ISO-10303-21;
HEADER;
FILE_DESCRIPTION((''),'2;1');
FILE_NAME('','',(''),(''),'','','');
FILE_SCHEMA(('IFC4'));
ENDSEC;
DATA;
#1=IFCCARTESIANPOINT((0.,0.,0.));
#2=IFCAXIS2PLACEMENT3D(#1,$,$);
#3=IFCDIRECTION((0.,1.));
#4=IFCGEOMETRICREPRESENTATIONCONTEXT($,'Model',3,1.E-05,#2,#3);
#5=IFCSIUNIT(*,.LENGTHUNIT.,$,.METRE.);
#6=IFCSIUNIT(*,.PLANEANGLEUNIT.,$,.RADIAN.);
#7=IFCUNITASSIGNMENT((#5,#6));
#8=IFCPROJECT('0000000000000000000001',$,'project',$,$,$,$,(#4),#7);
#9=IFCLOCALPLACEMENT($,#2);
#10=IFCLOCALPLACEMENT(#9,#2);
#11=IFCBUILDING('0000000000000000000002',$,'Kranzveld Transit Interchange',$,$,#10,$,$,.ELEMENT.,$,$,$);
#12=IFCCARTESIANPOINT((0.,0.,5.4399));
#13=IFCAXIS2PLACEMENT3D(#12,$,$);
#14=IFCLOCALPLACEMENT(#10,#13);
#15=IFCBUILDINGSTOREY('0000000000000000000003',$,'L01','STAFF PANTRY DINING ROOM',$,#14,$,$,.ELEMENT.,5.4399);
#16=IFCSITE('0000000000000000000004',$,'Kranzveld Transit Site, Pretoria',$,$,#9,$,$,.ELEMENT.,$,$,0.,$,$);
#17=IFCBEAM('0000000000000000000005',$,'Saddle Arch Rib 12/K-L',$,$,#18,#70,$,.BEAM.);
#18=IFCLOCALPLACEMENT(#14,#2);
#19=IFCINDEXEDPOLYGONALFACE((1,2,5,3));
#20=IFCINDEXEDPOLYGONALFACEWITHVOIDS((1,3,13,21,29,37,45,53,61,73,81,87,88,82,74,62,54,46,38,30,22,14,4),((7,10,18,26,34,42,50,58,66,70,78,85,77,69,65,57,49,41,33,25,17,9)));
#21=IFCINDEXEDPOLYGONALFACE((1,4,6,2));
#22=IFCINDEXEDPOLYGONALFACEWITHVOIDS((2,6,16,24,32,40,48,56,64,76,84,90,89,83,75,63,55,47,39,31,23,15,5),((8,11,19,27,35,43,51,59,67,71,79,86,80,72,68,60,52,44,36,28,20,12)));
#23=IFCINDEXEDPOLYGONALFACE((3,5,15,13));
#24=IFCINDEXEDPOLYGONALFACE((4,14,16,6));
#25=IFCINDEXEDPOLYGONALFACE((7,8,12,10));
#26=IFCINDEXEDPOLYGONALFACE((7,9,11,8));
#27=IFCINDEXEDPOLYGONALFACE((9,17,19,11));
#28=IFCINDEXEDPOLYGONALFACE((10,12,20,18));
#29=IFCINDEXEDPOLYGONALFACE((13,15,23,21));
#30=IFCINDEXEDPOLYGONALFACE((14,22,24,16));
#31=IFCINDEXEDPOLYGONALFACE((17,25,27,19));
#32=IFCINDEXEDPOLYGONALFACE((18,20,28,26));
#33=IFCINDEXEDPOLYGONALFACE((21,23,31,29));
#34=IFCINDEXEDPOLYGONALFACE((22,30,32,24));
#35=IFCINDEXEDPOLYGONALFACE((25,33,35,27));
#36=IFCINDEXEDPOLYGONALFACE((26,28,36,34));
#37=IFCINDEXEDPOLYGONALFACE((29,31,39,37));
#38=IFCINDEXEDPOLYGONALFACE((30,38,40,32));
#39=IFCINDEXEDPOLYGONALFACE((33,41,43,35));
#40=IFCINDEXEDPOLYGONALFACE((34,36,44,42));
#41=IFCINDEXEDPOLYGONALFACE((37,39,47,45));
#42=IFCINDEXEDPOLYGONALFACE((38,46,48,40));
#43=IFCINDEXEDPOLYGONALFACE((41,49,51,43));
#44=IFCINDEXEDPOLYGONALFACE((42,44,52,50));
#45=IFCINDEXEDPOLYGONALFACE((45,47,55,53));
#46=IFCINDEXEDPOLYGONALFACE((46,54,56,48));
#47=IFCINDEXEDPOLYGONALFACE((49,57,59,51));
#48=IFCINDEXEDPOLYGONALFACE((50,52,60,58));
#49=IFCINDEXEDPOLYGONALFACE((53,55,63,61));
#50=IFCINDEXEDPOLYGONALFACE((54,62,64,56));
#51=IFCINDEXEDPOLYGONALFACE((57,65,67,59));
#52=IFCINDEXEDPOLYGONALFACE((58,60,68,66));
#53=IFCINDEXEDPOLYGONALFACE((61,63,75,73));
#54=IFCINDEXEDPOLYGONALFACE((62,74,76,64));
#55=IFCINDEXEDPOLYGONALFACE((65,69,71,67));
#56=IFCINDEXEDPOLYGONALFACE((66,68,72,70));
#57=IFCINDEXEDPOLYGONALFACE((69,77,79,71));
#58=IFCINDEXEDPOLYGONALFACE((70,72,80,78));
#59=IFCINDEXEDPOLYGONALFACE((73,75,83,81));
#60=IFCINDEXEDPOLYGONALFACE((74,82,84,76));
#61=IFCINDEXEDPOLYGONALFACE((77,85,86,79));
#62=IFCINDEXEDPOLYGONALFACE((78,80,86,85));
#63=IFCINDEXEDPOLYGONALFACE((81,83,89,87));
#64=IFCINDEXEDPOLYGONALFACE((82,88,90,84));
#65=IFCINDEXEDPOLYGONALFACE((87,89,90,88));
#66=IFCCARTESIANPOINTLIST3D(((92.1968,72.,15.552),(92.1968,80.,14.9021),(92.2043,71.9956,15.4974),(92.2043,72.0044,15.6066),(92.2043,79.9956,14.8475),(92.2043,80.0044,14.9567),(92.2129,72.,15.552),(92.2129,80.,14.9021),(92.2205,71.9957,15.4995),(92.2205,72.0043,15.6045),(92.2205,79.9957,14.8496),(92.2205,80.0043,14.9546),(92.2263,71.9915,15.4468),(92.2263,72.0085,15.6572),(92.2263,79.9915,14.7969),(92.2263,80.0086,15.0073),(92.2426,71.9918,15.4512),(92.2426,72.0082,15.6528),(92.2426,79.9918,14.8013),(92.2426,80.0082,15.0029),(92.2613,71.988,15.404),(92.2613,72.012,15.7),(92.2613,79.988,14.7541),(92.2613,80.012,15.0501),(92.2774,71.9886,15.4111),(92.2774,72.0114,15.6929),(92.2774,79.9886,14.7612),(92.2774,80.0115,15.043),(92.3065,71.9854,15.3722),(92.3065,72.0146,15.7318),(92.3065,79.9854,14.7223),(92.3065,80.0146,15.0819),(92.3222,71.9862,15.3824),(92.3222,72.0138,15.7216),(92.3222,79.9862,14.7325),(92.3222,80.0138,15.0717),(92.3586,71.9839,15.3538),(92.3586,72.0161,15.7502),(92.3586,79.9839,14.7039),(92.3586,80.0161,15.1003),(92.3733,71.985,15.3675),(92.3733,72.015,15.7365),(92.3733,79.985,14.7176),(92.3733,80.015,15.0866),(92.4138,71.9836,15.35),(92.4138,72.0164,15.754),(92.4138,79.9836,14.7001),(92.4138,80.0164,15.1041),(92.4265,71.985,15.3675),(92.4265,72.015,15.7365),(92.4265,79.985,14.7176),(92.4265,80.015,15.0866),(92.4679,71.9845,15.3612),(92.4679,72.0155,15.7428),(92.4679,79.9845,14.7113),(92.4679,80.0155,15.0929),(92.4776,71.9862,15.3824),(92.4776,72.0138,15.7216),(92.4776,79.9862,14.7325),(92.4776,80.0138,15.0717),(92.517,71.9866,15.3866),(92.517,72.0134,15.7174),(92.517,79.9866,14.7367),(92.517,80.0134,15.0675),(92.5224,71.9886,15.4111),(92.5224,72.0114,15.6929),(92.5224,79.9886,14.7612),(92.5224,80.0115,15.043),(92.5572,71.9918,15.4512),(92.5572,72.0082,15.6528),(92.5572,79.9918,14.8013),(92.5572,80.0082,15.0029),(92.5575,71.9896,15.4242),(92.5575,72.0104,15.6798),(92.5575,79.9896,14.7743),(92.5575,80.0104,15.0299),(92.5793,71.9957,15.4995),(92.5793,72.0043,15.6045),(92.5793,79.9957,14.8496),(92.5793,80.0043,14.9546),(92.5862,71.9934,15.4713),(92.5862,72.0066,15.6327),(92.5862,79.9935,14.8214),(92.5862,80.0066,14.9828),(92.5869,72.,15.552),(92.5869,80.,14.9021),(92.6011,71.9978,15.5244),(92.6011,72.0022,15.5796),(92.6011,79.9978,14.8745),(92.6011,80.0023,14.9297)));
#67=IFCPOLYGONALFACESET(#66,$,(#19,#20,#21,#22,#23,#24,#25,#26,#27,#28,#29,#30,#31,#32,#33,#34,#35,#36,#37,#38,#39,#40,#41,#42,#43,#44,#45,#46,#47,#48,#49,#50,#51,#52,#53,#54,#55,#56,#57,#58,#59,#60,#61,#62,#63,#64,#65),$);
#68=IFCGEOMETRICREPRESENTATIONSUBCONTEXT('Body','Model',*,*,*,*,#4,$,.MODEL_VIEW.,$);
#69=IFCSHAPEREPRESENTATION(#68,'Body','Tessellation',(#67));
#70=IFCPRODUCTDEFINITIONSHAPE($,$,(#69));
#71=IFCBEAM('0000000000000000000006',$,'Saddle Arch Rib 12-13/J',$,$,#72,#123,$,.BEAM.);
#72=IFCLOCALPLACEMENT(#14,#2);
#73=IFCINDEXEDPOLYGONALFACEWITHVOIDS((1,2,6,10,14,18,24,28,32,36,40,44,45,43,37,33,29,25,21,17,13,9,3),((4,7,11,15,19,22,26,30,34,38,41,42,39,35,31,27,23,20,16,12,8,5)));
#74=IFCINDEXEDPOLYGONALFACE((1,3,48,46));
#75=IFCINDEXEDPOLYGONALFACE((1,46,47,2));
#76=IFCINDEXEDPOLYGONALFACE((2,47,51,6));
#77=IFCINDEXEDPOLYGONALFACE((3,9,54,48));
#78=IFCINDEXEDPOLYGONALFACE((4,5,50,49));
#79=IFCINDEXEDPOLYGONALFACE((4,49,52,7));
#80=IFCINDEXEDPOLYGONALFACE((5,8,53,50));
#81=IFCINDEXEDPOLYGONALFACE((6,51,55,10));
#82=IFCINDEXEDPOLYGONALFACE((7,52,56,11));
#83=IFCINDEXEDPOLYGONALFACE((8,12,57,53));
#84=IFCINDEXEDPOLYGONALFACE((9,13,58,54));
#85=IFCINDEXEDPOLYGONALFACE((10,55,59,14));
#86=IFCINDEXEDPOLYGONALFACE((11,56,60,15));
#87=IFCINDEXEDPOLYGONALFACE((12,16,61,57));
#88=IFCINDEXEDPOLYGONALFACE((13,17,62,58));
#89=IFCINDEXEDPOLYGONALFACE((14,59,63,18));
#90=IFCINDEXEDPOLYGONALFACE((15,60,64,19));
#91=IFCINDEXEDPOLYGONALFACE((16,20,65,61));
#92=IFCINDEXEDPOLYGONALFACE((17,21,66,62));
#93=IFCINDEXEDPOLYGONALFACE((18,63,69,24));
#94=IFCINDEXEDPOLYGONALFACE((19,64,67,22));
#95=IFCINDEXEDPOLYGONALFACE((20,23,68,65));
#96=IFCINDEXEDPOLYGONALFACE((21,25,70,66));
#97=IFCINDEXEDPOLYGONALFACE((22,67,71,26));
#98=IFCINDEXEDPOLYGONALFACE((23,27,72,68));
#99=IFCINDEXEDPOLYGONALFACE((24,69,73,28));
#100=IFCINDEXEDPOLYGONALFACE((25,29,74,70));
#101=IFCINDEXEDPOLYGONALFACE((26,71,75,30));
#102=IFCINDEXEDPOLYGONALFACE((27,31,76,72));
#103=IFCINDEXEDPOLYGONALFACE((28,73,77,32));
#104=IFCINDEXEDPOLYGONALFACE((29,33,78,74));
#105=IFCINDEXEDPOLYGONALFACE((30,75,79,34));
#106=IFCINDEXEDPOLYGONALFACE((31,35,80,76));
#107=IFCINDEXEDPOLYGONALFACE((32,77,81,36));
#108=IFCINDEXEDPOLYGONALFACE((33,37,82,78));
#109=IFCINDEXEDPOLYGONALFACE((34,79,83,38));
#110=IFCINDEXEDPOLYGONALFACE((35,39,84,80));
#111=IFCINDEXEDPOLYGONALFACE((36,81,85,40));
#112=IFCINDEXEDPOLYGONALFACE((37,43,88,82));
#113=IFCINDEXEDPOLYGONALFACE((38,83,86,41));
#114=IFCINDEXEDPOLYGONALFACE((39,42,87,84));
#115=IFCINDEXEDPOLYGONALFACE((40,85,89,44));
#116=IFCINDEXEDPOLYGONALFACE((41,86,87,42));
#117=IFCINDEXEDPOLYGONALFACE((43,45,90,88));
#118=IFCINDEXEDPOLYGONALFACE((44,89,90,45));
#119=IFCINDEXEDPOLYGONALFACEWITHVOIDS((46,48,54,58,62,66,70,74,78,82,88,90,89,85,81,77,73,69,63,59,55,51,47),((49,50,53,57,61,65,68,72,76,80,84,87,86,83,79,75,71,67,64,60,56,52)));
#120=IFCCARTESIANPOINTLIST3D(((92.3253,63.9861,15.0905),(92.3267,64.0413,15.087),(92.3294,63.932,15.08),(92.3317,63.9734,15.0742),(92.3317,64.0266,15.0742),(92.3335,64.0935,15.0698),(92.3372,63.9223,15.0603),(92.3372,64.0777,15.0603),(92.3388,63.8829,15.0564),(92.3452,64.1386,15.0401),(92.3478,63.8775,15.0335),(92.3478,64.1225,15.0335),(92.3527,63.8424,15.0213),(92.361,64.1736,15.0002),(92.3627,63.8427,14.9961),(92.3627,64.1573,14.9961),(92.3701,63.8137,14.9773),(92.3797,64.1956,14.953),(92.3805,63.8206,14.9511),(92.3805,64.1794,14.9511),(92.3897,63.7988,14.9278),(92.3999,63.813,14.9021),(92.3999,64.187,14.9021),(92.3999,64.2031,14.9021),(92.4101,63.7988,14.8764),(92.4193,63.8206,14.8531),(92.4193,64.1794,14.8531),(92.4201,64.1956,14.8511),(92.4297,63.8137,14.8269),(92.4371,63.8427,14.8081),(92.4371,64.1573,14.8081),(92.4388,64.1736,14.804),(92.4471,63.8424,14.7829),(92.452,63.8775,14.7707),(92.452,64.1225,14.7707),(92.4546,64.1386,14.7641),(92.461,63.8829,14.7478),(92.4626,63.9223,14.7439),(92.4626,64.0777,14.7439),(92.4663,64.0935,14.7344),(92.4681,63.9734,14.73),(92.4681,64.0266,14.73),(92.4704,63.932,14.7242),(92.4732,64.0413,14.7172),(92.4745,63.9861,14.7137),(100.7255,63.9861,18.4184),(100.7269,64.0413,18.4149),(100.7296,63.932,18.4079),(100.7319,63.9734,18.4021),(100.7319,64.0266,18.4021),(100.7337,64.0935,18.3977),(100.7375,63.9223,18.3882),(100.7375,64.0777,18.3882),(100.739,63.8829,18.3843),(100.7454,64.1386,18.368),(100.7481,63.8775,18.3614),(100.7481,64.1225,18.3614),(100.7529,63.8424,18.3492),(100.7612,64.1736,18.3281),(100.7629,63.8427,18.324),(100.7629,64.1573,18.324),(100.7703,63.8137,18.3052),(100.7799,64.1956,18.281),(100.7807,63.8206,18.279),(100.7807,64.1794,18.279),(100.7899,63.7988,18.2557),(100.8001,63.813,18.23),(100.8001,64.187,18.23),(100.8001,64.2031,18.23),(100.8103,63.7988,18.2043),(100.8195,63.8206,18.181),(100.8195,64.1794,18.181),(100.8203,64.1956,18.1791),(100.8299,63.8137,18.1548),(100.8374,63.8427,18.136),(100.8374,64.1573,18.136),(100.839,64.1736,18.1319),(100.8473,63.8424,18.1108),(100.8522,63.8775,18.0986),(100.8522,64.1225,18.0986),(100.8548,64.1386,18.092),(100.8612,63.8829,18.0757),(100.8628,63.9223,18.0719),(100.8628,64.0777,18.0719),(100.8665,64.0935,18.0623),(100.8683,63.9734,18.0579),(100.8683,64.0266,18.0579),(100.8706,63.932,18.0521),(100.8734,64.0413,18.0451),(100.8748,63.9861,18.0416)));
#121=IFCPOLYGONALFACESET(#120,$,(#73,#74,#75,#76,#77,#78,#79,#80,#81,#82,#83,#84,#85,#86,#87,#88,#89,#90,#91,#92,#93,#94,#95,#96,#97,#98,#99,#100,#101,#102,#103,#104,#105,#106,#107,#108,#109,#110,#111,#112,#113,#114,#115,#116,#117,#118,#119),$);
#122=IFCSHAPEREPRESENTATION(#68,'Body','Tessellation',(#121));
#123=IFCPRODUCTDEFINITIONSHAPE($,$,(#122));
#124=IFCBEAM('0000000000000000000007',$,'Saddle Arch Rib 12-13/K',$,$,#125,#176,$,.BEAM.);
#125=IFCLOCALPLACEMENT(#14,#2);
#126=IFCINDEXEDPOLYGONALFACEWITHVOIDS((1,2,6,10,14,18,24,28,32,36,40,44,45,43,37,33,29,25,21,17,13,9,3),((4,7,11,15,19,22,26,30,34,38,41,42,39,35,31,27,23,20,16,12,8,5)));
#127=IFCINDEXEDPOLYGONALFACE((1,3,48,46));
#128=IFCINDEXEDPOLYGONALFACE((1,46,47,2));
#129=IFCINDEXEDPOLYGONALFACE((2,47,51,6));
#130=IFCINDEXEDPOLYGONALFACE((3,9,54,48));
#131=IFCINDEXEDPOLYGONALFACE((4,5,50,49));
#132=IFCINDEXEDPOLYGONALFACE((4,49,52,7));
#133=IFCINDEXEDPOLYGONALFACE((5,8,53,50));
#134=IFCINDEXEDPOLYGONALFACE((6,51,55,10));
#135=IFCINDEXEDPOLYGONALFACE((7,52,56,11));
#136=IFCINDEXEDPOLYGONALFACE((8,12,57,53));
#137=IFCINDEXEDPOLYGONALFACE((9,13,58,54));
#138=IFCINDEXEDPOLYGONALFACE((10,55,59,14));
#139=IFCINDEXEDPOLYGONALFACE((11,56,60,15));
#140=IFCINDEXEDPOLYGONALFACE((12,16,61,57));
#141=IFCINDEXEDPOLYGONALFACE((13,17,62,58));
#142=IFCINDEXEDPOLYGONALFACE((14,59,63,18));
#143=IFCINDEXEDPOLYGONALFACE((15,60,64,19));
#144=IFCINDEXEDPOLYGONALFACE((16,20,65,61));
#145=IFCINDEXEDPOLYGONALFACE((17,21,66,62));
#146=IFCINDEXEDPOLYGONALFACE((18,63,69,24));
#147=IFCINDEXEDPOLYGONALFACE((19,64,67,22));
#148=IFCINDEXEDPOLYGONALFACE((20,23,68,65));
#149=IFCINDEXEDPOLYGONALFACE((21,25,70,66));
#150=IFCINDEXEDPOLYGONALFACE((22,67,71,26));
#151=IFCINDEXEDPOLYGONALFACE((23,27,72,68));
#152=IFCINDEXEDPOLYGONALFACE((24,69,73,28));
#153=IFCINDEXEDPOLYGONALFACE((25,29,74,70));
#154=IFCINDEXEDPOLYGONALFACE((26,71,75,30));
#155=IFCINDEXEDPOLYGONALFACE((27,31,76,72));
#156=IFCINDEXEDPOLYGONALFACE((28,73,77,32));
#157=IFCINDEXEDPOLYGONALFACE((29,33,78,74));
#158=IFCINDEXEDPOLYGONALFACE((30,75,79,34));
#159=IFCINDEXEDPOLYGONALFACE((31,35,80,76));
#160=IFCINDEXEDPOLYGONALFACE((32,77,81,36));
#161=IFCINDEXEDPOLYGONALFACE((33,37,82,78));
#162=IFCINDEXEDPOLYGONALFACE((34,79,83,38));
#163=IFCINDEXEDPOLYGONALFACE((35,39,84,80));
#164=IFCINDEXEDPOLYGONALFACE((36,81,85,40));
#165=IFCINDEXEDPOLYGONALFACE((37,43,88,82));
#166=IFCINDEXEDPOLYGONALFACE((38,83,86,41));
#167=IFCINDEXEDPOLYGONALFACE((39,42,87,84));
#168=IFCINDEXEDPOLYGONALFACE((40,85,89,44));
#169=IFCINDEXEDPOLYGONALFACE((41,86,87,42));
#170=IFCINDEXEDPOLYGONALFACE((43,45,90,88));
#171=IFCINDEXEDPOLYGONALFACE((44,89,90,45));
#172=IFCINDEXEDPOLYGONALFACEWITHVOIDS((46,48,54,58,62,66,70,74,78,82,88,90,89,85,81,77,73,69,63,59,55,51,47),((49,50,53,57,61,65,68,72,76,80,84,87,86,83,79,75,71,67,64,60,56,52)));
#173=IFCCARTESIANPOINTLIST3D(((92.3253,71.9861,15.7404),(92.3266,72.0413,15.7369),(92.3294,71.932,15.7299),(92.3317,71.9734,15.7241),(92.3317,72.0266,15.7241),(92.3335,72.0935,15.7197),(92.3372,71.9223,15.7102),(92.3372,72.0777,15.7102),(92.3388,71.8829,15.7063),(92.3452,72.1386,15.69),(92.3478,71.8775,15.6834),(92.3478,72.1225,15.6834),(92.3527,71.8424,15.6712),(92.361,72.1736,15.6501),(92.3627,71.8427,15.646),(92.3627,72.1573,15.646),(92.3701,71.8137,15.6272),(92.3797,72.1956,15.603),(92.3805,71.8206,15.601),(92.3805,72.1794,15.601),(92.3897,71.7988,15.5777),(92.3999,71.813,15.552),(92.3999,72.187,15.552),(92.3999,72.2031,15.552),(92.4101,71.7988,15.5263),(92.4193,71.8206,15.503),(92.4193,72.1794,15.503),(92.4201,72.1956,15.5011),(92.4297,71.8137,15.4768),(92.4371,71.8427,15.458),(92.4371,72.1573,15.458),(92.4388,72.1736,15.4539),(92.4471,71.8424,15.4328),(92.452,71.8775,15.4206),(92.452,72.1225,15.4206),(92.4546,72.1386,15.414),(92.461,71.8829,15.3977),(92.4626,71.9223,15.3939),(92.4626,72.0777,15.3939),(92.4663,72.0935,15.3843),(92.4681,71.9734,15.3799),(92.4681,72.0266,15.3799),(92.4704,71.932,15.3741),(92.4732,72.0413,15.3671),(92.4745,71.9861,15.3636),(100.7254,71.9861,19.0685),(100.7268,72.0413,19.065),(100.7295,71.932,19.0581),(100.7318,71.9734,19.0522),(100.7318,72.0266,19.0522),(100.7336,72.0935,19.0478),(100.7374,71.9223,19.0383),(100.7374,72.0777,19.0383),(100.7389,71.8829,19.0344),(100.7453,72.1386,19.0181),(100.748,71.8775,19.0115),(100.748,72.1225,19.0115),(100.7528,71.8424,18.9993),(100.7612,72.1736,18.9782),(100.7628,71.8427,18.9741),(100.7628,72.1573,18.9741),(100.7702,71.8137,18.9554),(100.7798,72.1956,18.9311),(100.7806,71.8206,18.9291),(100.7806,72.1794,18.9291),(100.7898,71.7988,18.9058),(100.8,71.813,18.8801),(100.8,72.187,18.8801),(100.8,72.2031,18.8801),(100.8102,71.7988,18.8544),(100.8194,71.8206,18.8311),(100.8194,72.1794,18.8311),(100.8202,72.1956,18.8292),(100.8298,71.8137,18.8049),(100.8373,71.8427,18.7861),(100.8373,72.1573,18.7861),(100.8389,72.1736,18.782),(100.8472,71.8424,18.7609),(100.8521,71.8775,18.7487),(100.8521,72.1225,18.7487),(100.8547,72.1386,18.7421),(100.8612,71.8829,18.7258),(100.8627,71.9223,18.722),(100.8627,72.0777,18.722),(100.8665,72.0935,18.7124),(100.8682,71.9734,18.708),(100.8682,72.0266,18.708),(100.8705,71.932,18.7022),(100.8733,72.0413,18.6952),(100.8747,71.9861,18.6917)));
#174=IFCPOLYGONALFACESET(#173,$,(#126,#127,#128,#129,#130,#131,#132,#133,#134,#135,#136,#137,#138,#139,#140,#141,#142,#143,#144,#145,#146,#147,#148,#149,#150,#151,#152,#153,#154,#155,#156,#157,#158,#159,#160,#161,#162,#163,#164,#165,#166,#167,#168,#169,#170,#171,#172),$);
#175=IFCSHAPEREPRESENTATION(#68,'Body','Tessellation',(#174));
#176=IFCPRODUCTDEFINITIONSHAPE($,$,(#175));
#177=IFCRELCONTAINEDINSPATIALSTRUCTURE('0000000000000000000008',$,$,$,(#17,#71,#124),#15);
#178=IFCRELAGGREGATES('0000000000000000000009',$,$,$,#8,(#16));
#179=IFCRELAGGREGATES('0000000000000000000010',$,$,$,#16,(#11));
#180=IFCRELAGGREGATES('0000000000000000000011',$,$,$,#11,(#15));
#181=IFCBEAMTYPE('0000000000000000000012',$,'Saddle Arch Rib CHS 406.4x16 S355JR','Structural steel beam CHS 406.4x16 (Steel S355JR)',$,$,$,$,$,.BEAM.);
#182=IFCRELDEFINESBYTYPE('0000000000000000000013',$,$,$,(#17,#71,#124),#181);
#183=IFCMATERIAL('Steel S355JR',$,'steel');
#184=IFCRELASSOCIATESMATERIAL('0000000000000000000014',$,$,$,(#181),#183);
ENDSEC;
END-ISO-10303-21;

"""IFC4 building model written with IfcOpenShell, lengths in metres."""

from ifc_helpers import new_model, si_unit, direction, frame, origin, origin_2d, place, context, subcontext, project, spatial, hollow_circle, extrude, material, material_profile, profile_set, type_object, element, save


model = new_model("IFC4")

# Units and contexts
model_context = context("Model", 3, precision=1e-05, world=origin(), true_north=direction((0.0, 1.0)))
body_context = subcontext(model_context, "Body", "Model", "MODEL_VIEW")
ifc_project = project(units=[si_unit("LENGTHUNIT", "METRE"), si_unit("PLANEANGLEUNIT", "RADIAN")], contexts=[model_context])

# Site, building, storey
site_placement = place(None, origin())
site = spatial("IfcSite", under=ifc_project, at=site_placement, Name="Kranzveld Transit Site, Pretoria", CompositionType="ELEMENT", RefElevation=0.0)
building_placement = place(site_placement, origin())
building = spatial("IfcBuilding", under=site, at=building_placement, Name="Kranzveld Transit Interchange", CompositionType="ELEMENT")
storey_placement = place(building_placement, frame((0.0, 0.0, 5.4399)))
storey = spatial("IfcBuildingStorey", under=building, at=storey_placement, Name="L01", Description="STAFF PANTRY DINING ROOM", CompositionType="ELEMENT", Elevation=5.4399)

# Beams
ifc_material_1 = material(Name="Steel S355JR", Category="steel")
ifc_material_profile_1 = material_profile(ifc_material_1, hollow_circle(Radius=0.2031, WallThickness=0.0161, at=origin_2d()), Name="CHS 406.4x16")
ifc_profile_set_1 = profile_set([ifc_material_profile_1], Name="Steel S355JR")
beam_type_1 = type_object("IfcBeamType", Name="Saddle Arch Rib CHS 406.4x16 S355JR", Description="Structural steel beam CHS 406.4x16 (Steel S355JR)", PredefinedType="BEAM", material=ifc_profile_set_1)
for number, where, z_axis, x_axis, name in (
    (1, (92.3999, 72.0, 15.552), (0.0, 0.996716, -0.080971), (-1.0, 0.0, 0.0), "Saddle Arch Rib 12/K-L"),
):
    element("IfcBeam", number, at=place(storey_placement, frame(where, z_axis=z_axis, x_axis=x_axis)), inside=storey, type_object=beam_type_1, Name=name, PredefinedType="BEAM", context=body_context, shape_type="SweptSolid", body=[
        extrude(hollow_circle(Radius=0.2031, WallThickness=0.0161, at=origin_2d()), origin(), (0.0, 0.0, 1.0), 8.0264),
    ])
for number, where, z_axis, x_axis, name in (
    (2, (92.3999, 64.0, 14.9021), (0.9297, 0.0, 0.368319), (0.0, 1.0, 0.0), "Saddle Arch Rib 12-13/J"),
    (3, (92.3999, 72.0, 15.552), (0.92969, 0.0, 0.368342), (0.0, 1.0, 0.0), "Saddle Arch Rib 12-13/K"),
):
    element("IfcBeam", number, at=place(storey_placement, frame(where, z_axis=z_axis, x_axis=x_axis)), inside=storey, type_object=beam_type_1, Name=name, PredefinedType="BEAM", context=body_context, shape_type="SweptSolid", body=[
        extrude(hollow_circle(Radius=0.2031, WallThickness=0.0161, at=origin_2d()), origin(), (0.0, 0.0, 1.0), 9.0354),
    ])

save(model, "model.ifc")
